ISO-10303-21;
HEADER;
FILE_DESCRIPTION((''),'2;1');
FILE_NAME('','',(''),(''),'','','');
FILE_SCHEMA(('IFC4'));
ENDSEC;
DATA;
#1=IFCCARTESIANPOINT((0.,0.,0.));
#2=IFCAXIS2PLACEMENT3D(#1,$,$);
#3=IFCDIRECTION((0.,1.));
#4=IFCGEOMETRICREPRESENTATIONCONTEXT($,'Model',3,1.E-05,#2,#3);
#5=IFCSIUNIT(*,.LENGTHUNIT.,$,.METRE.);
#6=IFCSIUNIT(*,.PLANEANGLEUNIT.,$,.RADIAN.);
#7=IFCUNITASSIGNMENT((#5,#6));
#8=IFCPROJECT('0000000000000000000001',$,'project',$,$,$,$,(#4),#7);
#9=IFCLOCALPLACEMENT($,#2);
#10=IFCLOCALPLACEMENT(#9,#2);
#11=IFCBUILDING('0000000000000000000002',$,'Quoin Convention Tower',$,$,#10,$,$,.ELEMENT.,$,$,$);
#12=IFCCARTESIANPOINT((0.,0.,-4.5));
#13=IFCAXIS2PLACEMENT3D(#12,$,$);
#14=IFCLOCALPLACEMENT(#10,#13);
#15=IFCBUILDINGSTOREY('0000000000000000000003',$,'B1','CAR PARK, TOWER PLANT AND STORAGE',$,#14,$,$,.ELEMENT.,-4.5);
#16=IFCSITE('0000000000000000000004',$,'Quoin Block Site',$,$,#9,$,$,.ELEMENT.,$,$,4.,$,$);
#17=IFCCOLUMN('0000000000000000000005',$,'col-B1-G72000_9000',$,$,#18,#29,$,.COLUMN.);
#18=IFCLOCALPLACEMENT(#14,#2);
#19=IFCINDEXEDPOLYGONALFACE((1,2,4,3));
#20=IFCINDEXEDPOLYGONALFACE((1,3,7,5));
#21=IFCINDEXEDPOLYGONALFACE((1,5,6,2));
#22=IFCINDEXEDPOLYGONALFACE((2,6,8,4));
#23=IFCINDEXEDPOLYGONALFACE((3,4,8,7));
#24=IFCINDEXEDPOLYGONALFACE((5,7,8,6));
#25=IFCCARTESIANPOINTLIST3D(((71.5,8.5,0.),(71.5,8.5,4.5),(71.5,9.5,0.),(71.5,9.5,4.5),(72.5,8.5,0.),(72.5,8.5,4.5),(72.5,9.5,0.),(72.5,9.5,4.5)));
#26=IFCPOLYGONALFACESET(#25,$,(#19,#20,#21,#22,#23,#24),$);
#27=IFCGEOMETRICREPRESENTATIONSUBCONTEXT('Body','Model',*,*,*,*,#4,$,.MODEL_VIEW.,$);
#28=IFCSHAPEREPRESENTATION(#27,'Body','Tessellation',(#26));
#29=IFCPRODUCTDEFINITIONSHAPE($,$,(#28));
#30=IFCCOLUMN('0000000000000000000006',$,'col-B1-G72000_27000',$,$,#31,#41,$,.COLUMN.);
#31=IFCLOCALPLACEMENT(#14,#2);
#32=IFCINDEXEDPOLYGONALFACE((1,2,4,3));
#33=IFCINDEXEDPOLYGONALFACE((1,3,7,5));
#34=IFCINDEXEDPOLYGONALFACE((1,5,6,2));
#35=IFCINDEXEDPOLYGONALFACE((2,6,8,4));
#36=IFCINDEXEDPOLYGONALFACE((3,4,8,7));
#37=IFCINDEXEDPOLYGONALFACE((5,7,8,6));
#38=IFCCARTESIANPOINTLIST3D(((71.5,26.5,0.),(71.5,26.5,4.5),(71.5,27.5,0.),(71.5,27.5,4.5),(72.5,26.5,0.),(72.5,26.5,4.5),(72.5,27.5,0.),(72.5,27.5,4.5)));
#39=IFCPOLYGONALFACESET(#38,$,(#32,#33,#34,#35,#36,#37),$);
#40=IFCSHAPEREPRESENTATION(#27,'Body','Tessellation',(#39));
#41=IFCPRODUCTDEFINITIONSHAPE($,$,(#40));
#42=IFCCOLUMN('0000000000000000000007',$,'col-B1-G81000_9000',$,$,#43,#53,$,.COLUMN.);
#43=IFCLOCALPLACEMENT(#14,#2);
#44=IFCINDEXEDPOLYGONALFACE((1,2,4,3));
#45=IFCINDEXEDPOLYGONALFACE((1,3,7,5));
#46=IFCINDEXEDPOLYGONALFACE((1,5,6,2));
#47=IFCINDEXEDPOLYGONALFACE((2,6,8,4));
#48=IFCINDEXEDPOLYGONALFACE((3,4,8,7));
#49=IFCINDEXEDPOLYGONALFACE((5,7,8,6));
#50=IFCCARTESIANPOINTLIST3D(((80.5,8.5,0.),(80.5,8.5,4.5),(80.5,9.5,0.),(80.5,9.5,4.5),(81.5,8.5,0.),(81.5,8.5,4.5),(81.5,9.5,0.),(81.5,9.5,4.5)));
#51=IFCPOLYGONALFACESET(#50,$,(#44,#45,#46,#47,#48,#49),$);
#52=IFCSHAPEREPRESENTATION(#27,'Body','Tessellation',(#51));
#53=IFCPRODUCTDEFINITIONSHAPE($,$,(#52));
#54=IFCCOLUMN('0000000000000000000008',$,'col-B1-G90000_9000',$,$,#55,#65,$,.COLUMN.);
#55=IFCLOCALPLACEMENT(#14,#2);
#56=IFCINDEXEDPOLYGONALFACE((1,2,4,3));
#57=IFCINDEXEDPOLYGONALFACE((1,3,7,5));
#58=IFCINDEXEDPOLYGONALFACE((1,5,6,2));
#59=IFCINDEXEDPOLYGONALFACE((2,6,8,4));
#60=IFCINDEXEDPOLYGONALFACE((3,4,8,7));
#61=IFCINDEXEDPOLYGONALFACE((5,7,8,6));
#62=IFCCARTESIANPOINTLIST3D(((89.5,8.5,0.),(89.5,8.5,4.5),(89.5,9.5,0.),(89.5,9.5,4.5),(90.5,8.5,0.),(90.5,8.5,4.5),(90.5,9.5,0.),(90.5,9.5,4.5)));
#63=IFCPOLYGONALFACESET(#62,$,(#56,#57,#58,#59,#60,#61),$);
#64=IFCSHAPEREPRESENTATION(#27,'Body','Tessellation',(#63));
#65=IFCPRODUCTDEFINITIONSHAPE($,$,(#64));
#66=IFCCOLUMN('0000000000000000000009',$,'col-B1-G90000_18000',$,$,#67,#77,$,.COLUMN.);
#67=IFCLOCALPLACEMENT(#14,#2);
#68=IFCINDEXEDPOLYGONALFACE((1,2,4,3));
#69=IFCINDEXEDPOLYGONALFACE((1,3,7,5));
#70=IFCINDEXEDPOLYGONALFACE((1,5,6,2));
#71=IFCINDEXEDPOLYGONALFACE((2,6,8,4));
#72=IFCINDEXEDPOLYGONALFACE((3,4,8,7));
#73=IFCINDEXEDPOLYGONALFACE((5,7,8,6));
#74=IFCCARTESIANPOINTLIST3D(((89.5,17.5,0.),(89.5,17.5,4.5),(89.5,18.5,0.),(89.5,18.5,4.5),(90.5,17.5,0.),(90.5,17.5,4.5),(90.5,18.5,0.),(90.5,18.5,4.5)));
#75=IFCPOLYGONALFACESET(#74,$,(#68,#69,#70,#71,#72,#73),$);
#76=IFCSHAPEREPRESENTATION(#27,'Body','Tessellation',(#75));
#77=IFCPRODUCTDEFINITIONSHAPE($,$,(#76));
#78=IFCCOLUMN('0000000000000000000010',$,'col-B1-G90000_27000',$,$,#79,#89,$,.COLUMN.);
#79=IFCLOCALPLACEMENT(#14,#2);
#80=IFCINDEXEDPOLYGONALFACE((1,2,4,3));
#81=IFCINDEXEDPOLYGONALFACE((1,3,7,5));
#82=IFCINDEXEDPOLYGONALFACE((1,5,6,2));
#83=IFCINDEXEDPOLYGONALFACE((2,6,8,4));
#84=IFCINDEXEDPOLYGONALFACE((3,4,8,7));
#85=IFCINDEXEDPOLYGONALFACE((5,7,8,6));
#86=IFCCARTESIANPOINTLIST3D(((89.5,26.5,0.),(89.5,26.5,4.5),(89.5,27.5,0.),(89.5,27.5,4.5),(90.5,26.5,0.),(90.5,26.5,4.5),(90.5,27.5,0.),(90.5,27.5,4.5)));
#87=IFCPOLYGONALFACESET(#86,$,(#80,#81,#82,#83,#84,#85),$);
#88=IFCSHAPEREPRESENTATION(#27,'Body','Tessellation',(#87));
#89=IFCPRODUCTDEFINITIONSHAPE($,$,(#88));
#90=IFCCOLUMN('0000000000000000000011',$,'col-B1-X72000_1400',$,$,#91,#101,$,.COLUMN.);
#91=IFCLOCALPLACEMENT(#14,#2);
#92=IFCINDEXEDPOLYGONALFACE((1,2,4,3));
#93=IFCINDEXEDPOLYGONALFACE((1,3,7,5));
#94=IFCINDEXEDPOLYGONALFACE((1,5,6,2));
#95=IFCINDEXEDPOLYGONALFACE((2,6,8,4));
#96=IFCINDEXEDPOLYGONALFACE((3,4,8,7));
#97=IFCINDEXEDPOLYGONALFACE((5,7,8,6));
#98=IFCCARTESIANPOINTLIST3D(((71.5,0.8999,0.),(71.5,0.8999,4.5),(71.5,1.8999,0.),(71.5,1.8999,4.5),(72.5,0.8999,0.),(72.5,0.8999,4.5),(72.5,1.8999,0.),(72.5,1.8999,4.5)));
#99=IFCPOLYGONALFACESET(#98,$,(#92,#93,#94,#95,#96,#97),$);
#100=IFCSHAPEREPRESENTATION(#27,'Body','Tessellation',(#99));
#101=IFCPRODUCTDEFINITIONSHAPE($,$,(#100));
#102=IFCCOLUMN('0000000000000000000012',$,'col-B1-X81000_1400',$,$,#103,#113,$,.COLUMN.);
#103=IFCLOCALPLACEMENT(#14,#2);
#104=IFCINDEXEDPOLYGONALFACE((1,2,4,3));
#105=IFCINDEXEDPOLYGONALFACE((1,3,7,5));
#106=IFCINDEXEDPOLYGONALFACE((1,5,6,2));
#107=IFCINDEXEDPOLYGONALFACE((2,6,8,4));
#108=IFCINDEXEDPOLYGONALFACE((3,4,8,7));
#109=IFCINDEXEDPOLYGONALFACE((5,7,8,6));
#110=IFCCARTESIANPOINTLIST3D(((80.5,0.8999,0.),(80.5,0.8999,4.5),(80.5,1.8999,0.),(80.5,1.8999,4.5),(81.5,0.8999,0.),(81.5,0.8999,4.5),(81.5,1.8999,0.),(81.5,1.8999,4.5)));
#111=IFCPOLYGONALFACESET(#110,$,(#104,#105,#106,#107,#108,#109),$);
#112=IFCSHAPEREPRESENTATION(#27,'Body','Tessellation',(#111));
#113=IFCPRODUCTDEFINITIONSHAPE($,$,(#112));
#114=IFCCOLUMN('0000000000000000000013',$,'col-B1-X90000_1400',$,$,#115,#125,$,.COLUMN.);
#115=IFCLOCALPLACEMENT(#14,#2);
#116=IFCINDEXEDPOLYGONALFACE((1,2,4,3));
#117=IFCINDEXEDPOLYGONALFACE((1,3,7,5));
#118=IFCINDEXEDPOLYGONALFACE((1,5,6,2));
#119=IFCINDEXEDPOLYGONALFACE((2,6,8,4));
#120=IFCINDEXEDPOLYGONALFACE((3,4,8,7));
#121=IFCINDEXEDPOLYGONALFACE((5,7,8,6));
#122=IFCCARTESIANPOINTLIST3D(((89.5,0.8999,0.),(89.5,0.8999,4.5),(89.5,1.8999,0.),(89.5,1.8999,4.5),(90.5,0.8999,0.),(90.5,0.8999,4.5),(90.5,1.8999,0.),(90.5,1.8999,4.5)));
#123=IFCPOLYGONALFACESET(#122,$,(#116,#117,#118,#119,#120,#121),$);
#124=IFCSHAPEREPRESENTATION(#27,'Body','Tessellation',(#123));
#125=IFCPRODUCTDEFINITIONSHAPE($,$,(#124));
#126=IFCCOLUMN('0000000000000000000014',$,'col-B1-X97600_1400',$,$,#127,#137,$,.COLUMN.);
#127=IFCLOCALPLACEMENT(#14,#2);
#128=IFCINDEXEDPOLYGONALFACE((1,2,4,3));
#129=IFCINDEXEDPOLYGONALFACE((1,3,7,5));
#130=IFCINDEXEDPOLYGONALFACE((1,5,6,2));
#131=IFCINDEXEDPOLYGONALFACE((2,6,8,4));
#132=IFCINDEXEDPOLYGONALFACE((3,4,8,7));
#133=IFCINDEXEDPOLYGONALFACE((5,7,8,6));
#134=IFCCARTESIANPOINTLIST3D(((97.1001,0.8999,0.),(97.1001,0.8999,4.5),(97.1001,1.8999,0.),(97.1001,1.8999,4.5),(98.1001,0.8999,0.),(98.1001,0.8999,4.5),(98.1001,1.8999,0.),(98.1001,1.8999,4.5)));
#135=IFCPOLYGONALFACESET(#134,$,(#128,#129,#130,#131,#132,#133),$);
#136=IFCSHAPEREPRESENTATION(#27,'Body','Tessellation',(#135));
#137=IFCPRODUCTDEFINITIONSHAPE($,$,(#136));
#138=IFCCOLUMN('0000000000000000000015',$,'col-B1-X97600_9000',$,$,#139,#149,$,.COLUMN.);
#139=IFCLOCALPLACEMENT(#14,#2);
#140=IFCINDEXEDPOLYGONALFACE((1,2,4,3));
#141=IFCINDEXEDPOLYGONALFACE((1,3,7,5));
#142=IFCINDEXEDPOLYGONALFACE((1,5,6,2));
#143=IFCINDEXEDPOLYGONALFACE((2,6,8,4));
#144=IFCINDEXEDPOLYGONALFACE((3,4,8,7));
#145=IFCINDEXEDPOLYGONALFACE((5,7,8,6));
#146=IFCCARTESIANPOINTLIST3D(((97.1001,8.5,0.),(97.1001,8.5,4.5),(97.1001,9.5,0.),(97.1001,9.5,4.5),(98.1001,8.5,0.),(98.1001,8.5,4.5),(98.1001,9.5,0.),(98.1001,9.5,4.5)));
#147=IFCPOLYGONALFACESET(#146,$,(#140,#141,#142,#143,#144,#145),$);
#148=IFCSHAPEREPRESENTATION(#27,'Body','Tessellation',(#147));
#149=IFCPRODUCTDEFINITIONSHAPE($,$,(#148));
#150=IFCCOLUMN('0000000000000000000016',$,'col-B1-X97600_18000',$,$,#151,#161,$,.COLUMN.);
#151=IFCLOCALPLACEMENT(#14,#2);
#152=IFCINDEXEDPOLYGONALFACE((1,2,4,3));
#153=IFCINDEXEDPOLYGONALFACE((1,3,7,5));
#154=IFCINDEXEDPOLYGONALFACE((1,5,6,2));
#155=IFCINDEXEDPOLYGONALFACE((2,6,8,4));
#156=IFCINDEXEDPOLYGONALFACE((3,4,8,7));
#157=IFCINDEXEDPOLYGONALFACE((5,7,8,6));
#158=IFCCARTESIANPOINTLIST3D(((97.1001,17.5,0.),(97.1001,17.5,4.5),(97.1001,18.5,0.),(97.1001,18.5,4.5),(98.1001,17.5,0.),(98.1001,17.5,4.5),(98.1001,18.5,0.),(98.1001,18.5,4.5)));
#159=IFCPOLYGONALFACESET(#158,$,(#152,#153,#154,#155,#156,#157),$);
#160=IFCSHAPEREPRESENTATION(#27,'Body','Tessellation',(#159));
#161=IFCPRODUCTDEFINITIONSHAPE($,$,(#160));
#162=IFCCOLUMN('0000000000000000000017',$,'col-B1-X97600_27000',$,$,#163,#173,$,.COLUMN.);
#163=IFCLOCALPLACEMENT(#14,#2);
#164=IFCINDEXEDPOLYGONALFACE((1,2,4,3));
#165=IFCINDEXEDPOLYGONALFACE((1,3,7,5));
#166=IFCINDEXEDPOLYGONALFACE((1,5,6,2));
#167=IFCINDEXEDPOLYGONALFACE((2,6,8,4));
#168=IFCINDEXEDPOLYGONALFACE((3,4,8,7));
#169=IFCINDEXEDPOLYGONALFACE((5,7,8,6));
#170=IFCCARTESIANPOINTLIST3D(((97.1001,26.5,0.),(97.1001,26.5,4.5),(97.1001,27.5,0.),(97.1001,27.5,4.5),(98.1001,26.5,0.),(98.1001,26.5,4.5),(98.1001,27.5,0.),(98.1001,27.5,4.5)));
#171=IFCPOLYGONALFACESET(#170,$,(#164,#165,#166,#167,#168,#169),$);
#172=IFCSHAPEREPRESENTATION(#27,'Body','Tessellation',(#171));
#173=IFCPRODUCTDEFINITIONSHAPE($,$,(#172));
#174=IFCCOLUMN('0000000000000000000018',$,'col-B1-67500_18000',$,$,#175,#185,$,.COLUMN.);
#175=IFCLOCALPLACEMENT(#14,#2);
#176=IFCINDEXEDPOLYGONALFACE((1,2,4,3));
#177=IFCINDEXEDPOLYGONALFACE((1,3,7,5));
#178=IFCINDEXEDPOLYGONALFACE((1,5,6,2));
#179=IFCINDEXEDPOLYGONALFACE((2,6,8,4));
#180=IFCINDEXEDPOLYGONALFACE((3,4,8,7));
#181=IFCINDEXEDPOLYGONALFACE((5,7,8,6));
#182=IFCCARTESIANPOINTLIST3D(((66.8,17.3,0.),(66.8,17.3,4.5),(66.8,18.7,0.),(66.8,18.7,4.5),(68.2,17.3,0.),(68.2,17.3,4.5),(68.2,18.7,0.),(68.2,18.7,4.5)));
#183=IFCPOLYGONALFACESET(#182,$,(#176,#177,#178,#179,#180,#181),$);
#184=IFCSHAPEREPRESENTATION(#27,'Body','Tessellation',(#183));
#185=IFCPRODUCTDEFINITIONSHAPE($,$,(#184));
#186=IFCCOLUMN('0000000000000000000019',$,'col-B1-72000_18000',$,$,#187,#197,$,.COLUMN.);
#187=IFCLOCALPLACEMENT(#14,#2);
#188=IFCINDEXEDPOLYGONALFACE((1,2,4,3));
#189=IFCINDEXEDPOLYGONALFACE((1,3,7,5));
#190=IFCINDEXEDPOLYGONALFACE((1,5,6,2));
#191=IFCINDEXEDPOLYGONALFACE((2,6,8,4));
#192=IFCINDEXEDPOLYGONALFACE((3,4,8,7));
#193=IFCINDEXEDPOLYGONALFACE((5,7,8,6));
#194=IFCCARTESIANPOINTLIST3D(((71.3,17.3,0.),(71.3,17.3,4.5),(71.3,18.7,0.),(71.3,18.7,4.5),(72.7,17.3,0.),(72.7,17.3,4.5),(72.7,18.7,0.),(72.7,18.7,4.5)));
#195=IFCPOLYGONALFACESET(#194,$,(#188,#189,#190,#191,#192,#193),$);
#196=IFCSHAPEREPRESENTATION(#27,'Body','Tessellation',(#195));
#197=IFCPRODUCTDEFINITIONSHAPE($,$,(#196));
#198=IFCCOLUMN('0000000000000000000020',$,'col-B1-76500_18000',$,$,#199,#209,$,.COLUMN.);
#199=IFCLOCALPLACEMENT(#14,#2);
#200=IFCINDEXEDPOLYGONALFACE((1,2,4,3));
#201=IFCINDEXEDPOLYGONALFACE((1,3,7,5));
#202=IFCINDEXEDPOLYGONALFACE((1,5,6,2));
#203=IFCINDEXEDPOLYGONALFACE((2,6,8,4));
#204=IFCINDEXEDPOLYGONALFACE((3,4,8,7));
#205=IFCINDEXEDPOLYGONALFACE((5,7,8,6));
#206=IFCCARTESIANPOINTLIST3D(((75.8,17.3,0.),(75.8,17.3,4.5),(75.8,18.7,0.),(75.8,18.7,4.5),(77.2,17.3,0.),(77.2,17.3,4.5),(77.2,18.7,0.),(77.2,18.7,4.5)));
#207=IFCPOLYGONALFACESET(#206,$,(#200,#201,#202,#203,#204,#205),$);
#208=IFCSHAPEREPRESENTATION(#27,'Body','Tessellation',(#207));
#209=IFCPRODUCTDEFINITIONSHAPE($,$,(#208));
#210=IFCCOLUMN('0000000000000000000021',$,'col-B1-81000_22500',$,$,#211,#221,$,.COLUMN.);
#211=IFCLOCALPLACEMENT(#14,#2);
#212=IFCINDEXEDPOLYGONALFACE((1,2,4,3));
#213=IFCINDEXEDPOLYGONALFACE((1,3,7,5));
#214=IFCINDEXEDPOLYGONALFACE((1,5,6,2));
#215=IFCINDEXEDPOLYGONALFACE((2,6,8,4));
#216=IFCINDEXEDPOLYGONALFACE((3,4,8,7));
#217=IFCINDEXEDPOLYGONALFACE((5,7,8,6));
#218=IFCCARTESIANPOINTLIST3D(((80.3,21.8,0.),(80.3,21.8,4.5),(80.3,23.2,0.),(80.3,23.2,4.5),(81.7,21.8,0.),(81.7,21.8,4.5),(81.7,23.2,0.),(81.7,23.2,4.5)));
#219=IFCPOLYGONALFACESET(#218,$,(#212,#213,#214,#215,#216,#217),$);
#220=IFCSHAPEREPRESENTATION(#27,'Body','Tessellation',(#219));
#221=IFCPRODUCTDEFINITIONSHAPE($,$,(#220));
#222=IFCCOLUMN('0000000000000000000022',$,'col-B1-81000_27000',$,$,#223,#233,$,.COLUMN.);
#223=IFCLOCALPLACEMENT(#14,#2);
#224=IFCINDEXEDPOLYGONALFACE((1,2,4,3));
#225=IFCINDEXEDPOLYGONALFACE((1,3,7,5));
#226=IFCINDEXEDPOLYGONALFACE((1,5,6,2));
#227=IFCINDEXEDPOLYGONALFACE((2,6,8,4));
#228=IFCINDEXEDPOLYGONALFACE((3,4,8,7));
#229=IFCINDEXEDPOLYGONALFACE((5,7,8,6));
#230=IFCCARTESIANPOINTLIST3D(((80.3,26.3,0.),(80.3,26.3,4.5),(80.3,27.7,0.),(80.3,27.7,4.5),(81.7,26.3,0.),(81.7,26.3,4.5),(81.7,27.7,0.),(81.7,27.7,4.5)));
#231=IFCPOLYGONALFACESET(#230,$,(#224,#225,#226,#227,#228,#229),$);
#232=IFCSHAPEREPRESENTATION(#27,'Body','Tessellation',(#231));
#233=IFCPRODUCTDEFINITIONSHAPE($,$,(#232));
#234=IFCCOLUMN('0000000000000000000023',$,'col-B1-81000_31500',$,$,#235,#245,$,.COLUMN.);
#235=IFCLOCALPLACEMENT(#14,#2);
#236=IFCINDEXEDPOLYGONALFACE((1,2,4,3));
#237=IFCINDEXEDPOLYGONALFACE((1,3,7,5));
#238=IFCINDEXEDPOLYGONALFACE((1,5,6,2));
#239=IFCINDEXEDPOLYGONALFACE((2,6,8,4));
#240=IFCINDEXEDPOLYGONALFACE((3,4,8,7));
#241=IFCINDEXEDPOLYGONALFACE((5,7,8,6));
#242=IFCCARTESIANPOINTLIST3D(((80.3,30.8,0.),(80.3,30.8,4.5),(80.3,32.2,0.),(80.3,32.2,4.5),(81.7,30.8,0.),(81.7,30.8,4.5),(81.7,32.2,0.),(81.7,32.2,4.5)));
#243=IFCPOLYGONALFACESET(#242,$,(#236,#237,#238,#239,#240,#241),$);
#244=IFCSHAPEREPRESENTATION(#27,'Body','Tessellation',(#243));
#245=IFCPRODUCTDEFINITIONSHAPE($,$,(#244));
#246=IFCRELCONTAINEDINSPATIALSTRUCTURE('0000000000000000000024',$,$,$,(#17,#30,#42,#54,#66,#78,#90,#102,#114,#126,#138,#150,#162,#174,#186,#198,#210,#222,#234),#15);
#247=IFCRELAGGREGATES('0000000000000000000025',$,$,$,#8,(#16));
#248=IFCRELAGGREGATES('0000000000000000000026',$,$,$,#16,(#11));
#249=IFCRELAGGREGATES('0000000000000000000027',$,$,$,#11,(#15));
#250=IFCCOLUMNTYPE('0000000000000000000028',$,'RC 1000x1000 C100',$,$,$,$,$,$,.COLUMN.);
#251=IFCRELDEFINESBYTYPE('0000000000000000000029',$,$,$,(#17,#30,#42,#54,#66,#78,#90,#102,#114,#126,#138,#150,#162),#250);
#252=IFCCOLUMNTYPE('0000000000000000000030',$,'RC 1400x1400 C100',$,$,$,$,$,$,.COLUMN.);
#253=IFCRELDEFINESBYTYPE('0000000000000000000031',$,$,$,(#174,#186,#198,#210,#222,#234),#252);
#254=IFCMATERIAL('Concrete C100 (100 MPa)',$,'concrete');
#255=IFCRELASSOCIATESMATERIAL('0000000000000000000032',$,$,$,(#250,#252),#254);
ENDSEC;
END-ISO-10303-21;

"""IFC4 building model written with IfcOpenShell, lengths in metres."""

from ifc_helpers import new_model, si_unit, direction, frame, origin, origin_2d, place, context, subcontext, project, spatial, rectangle, extrude, material, material_profile, profile_set, type_object, element, save


model = new_model("IFC4")

# Units and contexts
model_context = context("Model", 3, precision=1e-05, world=origin(), true_north=direction((0.0, 1.0)))
body_context = subcontext(model_context, "Body", "Model", "MODEL_VIEW")
ifc_project = project(units=[si_unit("LENGTHUNIT", "METRE"), si_unit("PLANEANGLEUNIT", "RADIAN")], contexts=[model_context])

# Site, building, storey
site_placement = place(None, origin())
site = spatial("IfcSite", under=ifc_project, at=site_placement, Name="Quoin Block Site", CompositionType="ELEMENT", RefElevation=4.0)
building_placement = place(site_placement, origin())
building = spatial("IfcBuilding", under=site, at=building_placement, Name="Quoin Convention Tower", CompositionType="ELEMENT")
storey_placement = place(building_placement, frame((0.0, 0.0, -4.5)))
storey = spatial("IfcBuildingStorey", under=building, at=storey_placement, Name="B1", Description="CAR PARK, TOWER PLANT AND STORAGE", CompositionType="ELEMENT", Elevation=-4.5)

# Columns
ifc_material_1 = material(Name="Concrete C100 (100 MPa)", Category="concrete")
ifc_material_profile_1 = material_profile(ifc_material_1, rectangle(XDim=1.0, YDim=1.0, at=origin_2d()), Name="RC 1000x1000")
ifc_profile_set_1 = profile_set([ifc_material_profile_1], Name="Concrete C100 (100 MPa)")
column_type_1 = type_object("IfcColumnType", Name="RC 1000x1000 C100", PredefinedType="COLUMN", material=ifc_profile_set_1)
for number, where, z_axis, x_axis, name in (
    (1, (72.0, 9.0, 0.0), (0.0, 0.0, 1.0), (1.0, 0.0, 0.0), "col-B1-G72000_9000"),
    (2, (72.0, 27.0, 0.0), (0.0, 0.0, 1.0), (1.0, 0.0, 0.0), "col-B1-G72000_27000"),
    (3, (81.0, 9.0, 0.0), (0.0, 0.0, 1.0), (1.0, 0.0, 0.0), "col-B1-G81000_9000"),
    (4, (90.0, 9.0, 0.0), (0.0, 0.0, 1.0), (1.0, 0.0, 0.0), "col-B1-G90000_9000"),
    (5, (90.0, 18.0, 0.0), (0.0, 0.0, 1.0), (1.0, 0.0, 0.0), "col-B1-G90000_18000"),
    (6, (90.0, 27.0, 0.0), (0.0, 0.0, 1.0), (1.0, 0.0, 0.0), "col-B1-G90000_27000"),
    (7, (72.0, 1.3999, 0.0), (0.0, 0.0, 1.0), (1.0, 0.0, 0.0), "col-B1-X72000_1400"),
    (8, (81.0, 1.3999, 0.0), (0.0, 0.0, 1.0), (1.0, 0.0, 0.0), "col-B1-X81000_1400"),
    (9, (90.0, 1.3999, 0.0), (0.0, 0.0, 1.0), (1.0, 0.0, 0.0), "col-B1-X90000_1400"),
    (10, (97.6001, 1.3999, 0.0), (0.0, 0.0, 1.0), (1.0, 0.0, 0.0), "col-B1-X97600_1400"),
    (11, (97.6001, 9.0, 0.0), (0.0, 0.0, 1.0), (1.0, 0.0, 0.0), "col-B1-X97600_9000"),
    (12, (97.6001, 18.0, 0.0), (0.0, 0.0, 1.0), (1.0, 0.0, 0.0), "col-B1-X97600_18000"),
    (13, (97.6001, 27.0, 0.0), (0.0, 0.0, 1.0), (1.0, 0.0, 0.0), "col-B1-X97600_27000"),
):
    element("IfcColumn", number, at=place(storey_placement, frame(where, z_axis=z_axis, x_axis=x_axis)), inside=storey, type_object=column_type_1, Name=name, PredefinedType="COLUMN", context=body_context, shape_type="SweptSolid", body=[
        extrude(rectangle(XDim=1.0, YDim=1.0, at=origin_2d()), origin(), (0.0, 0.0, 1.0), 4.5),
    ])
ifc_material_profile_2 = material_profile(ifc_material_1, rectangle(XDim=1.3999, YDim=1.3999, at=origin_2d()), Name="RC 1400x1400")
ifc_profile_set_2 = profile_set([ifc_material_profile_2], Name="Concrete C100 (100 MPa)")
column_type_2 = type_object("IfcColumnType", Name="RC 1400x1400 C100", PredefinedType="COLUMN", material=ifc_profile_set_2)
for number, where, z_axis, x_axis, name in (
    (14, (67.5, 18.0, 0.0), (0.0, 0.0, 1.0), (1.0, 0.0, 0.0), "col-B1-67500_18000"),
    (15, (72.0, 18.0, 0.0), (0.0, 0.0, 1.0), (1.0, 0.0, 0.0), "col-B1-72000_18000"),
    (16, (76.5, 18.0, 0.0), (0.0, 0.0, 1.0), (1.0, 0.0, 0.0), "col-B1-76500_18000"),
    (17, (81.0, 22.5, 0.0), (0.0, 0.0, 1.0), (1.0, 0.0, 0.0), "col-B1-81000_22500"),
    (18, (81.0, 27.0, 0.0), (0.0, 0.0, 1.0), (1.0, 0.0, 0.0), "col-B1-81000_27000"),
    (19, (81.0, 31.5, 0.0), (0.0, 0.0, 1.0), (1.0, 0.0, 0.0), "col-B1-81000_31500"),
):
    element("IfcColumn", number, at=place(storey_placement, frame(where, z_axis=z_axis, x_axis=x_axis)), inside=storey, type_object=column_type_2, Name=name, PredefinedType="COLUMN", context=body_context, shape_type="SweptSolid", body=[
        extrude(rectangle(XDim=1.3999, YDim=1.3999, at=origin_2d()), origin(), (0.0, 0.0, 1.0), 4.5),
    ])

save(model, "model.ifc")
